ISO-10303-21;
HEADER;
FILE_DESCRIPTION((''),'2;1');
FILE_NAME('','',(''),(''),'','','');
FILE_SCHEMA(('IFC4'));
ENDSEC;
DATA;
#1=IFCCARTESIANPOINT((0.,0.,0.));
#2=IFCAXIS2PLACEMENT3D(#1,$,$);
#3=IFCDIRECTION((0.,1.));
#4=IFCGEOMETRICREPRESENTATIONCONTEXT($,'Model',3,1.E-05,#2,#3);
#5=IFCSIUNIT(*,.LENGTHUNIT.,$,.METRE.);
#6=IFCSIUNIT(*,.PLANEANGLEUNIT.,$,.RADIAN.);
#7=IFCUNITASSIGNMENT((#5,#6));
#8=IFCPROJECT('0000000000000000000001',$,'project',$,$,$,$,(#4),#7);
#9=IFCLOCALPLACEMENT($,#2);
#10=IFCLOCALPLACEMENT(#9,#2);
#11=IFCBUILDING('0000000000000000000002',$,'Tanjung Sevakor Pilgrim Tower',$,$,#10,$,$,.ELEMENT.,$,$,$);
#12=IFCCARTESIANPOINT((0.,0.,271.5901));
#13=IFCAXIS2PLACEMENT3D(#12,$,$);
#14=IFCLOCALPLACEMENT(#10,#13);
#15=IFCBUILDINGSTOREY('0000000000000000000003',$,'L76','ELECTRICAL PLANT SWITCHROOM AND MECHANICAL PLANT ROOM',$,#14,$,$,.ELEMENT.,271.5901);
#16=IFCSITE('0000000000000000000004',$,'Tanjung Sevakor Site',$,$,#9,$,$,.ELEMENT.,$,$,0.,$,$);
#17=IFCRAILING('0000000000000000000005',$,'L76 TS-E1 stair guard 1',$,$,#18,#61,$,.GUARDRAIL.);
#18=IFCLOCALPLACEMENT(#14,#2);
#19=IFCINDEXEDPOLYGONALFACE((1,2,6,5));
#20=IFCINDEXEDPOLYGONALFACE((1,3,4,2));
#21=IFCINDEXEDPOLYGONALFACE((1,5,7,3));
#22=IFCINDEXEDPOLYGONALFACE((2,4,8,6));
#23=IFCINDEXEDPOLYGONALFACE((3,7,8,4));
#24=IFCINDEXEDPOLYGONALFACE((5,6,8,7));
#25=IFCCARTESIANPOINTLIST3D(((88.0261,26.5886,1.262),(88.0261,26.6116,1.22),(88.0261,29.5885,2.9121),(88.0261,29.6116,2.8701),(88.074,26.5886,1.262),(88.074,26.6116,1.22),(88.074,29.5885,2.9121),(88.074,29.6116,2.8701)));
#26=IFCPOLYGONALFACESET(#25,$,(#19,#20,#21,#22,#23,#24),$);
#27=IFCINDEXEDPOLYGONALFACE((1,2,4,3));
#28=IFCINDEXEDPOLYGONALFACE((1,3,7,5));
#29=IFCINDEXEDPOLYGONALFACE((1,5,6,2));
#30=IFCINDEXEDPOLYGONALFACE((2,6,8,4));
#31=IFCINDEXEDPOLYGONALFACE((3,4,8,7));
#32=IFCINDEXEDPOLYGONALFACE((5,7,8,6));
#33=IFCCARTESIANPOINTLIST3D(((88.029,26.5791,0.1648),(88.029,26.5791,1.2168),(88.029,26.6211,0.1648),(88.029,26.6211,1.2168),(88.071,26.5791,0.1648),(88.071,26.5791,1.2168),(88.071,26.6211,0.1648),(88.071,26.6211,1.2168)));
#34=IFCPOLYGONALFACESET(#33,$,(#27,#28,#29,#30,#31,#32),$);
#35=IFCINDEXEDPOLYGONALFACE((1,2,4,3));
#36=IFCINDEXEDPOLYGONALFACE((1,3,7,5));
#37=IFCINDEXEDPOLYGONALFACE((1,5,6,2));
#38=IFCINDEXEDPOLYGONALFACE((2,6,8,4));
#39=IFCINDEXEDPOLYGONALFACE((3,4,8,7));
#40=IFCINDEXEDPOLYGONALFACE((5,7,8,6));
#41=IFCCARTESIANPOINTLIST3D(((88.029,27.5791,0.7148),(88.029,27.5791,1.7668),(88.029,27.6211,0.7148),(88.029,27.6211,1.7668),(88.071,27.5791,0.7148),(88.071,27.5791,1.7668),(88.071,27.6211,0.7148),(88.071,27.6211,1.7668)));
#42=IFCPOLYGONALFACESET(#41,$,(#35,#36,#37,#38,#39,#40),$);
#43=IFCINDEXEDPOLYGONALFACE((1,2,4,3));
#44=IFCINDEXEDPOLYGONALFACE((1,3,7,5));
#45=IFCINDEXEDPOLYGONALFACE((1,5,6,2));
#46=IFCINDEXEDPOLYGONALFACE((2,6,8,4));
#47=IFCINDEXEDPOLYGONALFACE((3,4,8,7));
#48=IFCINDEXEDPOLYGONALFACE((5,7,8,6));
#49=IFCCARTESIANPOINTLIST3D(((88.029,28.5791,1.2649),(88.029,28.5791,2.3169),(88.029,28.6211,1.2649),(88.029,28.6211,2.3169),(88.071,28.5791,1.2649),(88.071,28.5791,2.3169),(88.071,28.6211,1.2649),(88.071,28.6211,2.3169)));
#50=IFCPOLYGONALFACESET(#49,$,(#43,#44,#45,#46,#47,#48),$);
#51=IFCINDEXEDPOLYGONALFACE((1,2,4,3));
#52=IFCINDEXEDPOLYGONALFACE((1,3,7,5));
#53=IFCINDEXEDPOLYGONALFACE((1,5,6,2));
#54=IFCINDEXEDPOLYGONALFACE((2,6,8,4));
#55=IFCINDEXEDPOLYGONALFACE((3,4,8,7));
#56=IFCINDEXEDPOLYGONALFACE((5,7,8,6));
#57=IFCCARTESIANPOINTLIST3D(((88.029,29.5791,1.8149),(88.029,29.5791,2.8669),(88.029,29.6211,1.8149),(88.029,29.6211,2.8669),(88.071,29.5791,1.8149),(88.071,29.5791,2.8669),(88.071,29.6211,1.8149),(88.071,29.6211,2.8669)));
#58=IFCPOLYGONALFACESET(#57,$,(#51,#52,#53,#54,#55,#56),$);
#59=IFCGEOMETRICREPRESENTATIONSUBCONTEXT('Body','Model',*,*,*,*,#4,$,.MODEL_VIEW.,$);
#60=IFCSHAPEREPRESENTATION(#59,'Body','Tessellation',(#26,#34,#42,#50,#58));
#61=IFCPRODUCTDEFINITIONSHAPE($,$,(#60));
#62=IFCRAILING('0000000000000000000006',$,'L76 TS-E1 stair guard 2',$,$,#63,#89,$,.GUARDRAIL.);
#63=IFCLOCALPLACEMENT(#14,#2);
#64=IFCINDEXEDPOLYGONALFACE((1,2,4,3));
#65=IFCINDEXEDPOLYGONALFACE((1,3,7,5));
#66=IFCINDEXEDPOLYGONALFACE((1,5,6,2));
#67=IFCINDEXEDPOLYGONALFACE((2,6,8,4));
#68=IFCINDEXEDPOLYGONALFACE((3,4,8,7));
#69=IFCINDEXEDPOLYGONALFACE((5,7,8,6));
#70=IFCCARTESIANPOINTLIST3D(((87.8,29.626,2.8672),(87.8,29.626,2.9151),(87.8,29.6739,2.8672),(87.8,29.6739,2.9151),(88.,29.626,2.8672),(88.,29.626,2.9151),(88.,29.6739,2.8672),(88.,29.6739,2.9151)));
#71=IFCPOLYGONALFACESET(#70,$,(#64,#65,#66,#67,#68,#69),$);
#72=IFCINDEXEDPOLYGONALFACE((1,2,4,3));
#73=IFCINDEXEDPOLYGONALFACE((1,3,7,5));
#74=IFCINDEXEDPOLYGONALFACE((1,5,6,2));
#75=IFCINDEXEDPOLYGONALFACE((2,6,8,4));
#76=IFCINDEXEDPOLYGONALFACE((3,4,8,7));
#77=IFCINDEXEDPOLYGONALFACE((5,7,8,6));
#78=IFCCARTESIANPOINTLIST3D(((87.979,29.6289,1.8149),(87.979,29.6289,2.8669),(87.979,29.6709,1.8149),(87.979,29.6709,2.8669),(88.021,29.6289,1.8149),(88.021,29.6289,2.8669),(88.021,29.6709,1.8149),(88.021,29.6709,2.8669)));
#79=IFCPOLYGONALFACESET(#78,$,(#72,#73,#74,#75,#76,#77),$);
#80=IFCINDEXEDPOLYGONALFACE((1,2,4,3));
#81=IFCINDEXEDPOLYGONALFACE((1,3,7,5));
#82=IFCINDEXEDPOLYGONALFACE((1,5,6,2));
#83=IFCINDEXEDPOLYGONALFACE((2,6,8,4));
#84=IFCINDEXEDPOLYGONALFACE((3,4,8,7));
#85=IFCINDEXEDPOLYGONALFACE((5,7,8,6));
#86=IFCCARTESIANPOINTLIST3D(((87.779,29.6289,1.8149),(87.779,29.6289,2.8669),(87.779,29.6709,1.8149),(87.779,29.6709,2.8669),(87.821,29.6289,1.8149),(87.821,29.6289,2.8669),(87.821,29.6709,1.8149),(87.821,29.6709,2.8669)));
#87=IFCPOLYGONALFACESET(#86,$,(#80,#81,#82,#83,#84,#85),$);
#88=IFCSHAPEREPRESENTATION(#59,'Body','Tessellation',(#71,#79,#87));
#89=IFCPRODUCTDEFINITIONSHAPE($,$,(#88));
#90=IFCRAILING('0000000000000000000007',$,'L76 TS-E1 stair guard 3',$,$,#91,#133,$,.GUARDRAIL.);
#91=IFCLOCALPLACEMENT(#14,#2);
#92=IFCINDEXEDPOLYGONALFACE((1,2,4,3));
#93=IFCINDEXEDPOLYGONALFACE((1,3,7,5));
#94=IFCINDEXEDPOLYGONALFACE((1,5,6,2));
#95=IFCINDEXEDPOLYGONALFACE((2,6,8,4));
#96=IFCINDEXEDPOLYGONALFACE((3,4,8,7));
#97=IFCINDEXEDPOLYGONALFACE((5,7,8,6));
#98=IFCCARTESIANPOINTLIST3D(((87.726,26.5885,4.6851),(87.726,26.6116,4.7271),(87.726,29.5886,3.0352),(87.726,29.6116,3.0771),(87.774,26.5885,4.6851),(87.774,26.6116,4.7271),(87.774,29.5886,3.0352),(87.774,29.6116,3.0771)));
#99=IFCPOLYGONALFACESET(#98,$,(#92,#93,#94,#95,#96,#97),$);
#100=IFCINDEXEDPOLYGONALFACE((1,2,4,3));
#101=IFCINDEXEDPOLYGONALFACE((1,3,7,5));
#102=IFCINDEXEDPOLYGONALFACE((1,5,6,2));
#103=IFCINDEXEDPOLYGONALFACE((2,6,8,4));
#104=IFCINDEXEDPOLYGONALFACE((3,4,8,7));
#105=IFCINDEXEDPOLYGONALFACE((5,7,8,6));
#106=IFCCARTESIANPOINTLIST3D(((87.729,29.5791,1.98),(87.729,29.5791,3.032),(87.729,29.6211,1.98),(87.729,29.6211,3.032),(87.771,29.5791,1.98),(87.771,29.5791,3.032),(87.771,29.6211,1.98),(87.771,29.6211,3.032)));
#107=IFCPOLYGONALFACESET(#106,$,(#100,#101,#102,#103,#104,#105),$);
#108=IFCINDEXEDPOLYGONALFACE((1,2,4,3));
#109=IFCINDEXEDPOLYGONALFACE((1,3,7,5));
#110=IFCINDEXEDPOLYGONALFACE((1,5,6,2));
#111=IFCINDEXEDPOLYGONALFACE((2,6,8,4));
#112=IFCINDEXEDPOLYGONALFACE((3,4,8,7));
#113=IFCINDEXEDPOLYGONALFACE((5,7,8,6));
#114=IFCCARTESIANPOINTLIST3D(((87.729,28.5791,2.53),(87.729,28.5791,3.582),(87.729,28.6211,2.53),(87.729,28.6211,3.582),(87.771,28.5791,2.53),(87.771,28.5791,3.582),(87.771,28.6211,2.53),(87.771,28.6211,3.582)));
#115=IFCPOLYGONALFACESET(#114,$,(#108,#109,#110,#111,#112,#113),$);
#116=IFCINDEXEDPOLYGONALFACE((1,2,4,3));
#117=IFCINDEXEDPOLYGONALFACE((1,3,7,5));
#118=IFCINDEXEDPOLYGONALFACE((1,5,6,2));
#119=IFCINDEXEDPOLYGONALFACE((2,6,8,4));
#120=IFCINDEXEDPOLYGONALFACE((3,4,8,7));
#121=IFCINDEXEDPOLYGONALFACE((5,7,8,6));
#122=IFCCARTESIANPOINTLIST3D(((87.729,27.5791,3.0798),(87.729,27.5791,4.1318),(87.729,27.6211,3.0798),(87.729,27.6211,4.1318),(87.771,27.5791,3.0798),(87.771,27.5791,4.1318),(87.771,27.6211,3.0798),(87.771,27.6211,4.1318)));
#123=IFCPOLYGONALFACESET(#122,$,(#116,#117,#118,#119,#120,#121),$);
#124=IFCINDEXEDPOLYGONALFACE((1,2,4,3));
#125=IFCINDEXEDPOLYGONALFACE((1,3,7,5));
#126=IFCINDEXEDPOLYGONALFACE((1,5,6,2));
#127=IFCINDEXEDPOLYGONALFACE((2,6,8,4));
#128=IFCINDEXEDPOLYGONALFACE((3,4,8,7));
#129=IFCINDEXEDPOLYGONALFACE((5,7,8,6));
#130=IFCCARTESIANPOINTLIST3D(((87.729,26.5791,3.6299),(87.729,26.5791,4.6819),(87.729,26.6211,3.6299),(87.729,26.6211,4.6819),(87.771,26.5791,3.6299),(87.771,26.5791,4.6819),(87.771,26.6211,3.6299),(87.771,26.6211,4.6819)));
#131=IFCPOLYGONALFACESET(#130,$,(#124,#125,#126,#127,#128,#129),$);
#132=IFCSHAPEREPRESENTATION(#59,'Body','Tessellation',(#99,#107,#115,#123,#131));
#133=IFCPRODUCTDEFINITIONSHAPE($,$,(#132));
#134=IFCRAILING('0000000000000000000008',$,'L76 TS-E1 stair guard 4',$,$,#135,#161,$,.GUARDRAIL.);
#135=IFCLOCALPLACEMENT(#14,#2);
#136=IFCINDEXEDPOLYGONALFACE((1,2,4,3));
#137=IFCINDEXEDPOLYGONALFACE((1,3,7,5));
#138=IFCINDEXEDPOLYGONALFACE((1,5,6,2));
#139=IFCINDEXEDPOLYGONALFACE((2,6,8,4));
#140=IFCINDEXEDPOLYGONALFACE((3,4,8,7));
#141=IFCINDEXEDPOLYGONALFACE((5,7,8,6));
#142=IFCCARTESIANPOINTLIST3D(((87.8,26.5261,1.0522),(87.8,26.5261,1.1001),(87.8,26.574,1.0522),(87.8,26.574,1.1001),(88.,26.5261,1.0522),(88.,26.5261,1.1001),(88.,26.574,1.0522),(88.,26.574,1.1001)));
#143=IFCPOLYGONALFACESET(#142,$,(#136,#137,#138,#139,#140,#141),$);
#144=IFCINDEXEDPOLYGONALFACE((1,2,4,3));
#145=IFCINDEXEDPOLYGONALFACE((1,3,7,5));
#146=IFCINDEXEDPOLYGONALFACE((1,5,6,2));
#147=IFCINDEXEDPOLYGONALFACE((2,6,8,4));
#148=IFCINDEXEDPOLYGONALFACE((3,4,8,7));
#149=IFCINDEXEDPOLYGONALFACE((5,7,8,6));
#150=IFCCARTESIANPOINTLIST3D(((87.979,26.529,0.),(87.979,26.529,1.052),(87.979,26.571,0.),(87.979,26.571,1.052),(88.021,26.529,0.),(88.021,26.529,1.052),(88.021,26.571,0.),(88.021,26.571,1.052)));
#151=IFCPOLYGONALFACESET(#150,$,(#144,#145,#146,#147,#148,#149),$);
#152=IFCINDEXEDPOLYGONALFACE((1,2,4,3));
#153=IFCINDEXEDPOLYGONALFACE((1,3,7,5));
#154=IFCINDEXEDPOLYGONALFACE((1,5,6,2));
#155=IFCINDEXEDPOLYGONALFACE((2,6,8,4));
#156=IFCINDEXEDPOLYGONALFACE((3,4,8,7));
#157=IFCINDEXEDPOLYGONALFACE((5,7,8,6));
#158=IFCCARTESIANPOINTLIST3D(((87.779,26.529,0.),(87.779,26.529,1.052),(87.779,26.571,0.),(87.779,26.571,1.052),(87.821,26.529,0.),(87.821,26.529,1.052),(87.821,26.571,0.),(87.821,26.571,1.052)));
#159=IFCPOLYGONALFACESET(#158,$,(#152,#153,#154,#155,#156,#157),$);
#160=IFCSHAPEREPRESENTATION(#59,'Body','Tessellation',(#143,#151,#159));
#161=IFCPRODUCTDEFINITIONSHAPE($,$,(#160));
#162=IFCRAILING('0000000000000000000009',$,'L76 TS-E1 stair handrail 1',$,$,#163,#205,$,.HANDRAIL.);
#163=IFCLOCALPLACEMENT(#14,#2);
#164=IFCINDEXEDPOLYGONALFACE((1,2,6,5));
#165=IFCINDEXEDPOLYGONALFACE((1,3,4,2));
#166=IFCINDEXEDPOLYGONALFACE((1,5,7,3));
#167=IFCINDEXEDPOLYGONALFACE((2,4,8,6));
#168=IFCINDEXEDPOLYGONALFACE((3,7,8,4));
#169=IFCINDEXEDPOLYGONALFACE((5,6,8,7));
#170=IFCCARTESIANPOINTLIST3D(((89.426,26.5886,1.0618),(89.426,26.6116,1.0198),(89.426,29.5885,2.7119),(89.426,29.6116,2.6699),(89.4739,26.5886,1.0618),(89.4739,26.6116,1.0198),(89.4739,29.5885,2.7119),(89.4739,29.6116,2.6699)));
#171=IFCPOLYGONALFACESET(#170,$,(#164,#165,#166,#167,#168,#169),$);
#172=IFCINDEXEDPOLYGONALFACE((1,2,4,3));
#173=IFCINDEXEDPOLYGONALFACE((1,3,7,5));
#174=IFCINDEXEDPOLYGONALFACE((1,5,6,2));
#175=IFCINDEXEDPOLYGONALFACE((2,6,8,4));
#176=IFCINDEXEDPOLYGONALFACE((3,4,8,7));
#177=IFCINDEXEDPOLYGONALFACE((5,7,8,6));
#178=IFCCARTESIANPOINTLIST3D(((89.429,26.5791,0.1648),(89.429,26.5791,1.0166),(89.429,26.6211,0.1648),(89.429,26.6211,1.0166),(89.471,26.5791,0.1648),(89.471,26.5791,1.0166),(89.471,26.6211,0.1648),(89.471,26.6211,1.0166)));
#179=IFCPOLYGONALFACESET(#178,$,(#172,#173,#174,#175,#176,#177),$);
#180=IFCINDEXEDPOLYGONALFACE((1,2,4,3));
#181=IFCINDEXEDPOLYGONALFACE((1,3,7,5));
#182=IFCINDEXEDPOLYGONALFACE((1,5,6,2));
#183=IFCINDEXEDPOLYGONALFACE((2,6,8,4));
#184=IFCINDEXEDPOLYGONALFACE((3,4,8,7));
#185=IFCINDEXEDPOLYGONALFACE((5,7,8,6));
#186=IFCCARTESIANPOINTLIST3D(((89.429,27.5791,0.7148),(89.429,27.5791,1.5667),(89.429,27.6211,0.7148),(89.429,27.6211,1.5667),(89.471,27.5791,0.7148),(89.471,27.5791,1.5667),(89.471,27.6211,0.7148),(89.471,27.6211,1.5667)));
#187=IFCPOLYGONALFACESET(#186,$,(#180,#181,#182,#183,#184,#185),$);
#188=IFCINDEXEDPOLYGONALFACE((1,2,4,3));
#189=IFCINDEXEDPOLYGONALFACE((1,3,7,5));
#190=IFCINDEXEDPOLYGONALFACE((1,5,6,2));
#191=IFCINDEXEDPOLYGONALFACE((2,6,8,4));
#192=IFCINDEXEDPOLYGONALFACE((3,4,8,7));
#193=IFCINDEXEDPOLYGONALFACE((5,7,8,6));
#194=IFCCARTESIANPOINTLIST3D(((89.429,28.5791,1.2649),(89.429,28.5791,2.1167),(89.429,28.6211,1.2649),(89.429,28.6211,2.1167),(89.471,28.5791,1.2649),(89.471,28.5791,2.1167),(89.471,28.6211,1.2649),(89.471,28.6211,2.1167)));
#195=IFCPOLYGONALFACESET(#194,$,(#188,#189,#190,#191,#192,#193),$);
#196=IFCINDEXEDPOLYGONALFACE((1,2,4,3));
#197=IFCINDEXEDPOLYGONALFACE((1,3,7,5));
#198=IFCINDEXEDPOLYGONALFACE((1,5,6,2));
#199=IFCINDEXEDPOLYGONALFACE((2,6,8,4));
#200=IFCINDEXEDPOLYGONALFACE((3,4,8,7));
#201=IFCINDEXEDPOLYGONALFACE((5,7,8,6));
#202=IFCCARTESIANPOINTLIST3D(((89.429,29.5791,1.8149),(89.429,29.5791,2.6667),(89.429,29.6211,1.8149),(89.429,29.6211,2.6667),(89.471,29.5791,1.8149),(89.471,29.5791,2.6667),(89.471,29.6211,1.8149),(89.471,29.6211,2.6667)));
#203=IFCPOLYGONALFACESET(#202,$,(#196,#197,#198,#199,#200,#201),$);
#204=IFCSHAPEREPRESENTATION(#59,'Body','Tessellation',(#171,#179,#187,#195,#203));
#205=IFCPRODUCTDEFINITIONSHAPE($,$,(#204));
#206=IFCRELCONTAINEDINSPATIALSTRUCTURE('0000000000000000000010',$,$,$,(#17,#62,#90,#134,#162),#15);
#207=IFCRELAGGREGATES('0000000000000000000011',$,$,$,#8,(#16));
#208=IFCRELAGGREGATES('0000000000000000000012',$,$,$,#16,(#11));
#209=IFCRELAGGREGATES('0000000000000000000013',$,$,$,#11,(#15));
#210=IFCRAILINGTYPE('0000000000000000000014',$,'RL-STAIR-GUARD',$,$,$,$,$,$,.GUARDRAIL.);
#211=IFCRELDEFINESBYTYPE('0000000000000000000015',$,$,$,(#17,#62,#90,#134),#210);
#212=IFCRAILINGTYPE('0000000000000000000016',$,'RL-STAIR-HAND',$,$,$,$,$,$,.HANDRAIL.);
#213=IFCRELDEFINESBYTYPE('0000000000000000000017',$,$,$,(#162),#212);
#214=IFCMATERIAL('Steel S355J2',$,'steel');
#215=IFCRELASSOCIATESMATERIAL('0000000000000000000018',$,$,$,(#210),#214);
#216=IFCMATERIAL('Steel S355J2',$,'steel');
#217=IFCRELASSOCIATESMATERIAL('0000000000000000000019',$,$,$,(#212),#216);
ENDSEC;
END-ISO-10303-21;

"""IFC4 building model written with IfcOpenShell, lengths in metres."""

from ifc_helpers import new_model, si_unit, direction, frame, origin, place, context, subcontext, project, spatial, rectangle, extrude, material, type_object, element, save


model = new_model("IFC4")

# Units and contexts
model_context = context("Model", 3, precision=1e-05, world=origin(), true_north=direction((0.0, 1.0)))
body_context = subcontext(model_context, "Body", "Model", "MODEL_VIEW")
ifc_project = project(units=[si_unit("LENGTHUNIT", "METRE"), si_unit("PLANEANGLEUNIT", "RADIAN")], contexts=[model_context])

# Site, building, storey
site_placement = place(None, origin())
site = spatial("IfcSite", under=ifc_project, at=site_placement, Name="Tanjung Sevakor Site", CompositionType="ELEMENT", RefElevation=0.0)
building_placement = place(site_placement, origin())
building = spatial("IfcBuilding", under=site, at=building_placement, Name="Tanjung Sevakor Pilgrim Tower", CompositionType="ELEMENT")
storey_placement = place(building_placement, frame((0.0, 0.0, 271.5901)))
storey = spatial("IfcBuildingStorey", under=building, at=storey_placement, Name="L76", Description="ELECTRICAL PLANT SWITCHROOM AND MECHANICAL PLANT ROOM", CompositionType="ELEMENT", Elevation=271.5901)

# Railings
ifc_material_1 = material(Name="Steel S355J2", Category="steel")
railing_type_1 = type_object("IfcRailingType", Name="RL-STAIR-GUARD", PredefinedType="GUARDRAIL", material=ifc_material_1)
railing_1_placement = place(storey_placement, frame((88.05, 26.6001, 0.1648)))
element("IfcRailing", 1, at=railing_1_placement, inside=storey, type_object=railing_type_1, Name="L76 TS-E1 stair guard 1", PredefinedType="GUARDRAIL", context=body_context, shape_type="SweptSolid", body=[
    extrude(rectangle(XDim=0.0479, YDim=0.0479), frame((0.0, 0.0, 1.0762), z_axis=(0.0, 0.876198, 0.481952), x_axis=(-1.0, 0.0, 0.0)), (0.0, 0.0, 1.0), 3.4238),
    extrude(rectangle(XDim=0.042, YDim=0.042), origin(), (0.0, 0.0, 1.0), 1.052),
    extrude(rectangle(XDim=0.042, YDim=0.042), frame((0.0, 1.0, 0.55)), (0.0, 0.0, 1.0), 1.052),
    extrude(rectangle(XDim=0.042, YDim=0.042), frame((0.0, 2.0, 1.1001)), (0.0, 0.0, 1.0), 1.052),
    extrude(rectangle(XDim=0.042, YDim=0.042), frame((0.0, 3.0, 1.6501)), (0.0, 0.0, 1.0), 1.052),
])
railing_2_placement = place(storey_placement, frame((88.0, 29.6499, 1.8149)))
element("IfcRailing", 2, at=railing_2_placement, inside=storey, type_object=railing_type_1, Name="L76 TS-E1 stair guard 2", PredefinedType="GUARDRAIL", context=body_context, shape_type="SweptSolid", body=[
    extrude(rectangle(XDim=0.0479, YDim=0.0479), frame((0.0, 0.0, 1.0762), z_axis=(-1.0, 0.0, 0.0), x_axis=(0.0, -1.0, 0.0)), (0.0, 0.0, 1.0), 0.2),
    extrude(rectangle(XDim=0.042, YDim=0.042), origin(), (0.0, 0.0, 1.0), 1.052),
    extrude(rectangle(XDim=0.042, YDim=0.042), frame((-0.2, 0.0, 0.0)), (0.0, 0.0, 1.0), 1.052),
])
railing_3_placement = place(storey_placement, frame((87.75, 29.6001, 1.98)))
element("IfcRailing", 3, at=railing_3_placement, inside=storey, type_object=railing_type_1, Name="L76 TS-E1 stair guard 3", PredefinedType="GUARDRAIL", context=body_context, shape_type="SweptSolid", body=[
    extrude(rectangle(XDim=0.0479, YDim=0.0479), frame((0.0, 0.0, 1.0762), z_axis=(0.0, -0.876228, 0.481897), x_axis=(1.0, 0.0, 0.0)), (0.0, 0.0, 1.0), 3.4238),
    extrude(rectangle(XDim=0.042, YDim=0.042), origin(), (0.0, 0.0, 1.0), 1.052),
    extrude(rectangle(XDim=0.042, YDim=0.042), frame((0.0, -1.0, 0.55)), (0.0, 0.0, 1.0), 1.052),
    extrude(rectangle(XDim=0.042, YDim=0.042), frame((0.0, -2.0, 1.0999)), (0.0, 0.0, 1.0), 1.052),
    extrude(rectangle(XDim=0.042, YDim=0.042), frame((0.0, -3.0, 1.6499)), (0.0, 0.0, 1.0), 1.052),
])
railing_4_placement = place(storey_placement, frame((88.0, 26.55, 0.0)))
element("IfcRailing", 4, at=railing_4_placement, inside=storey, type_object=railing_type_1, Name="L76 TS-E1 stair guard 4", PredefinedType="GUARDRAIL", context=body_context, shape_type="SweptSolid", body=[
    extrude(rectangle(XDim=0.0479, YDim=0.0479), frame((0.0, 0.0, 1.0762), z_axis=(-1.0, 0.0, 0.0), x_axis=(0.0, -1.0, 0.0)), (0.0, 0.0, 1.0), 0.2),
    extrude(rectangle(XDim=0.042, YDim=0.042), origin(), (0.0, 0.0, 1.0), 1.052),
    extrude(rectangle(XDim=0.042, YDim=0.042), frame((-0.2, 0.0, 0.0)), (0.0, 0.0, 1.0), 1.052),
])
ifc_material_2 = material(Name="Steel S355J2", Category="steel")
railing_type_2 = type_object("IfcRailingType", Name="RL-STAIR-HAND", PredefinedType="HANDRAIL", material=ifc_material_2)
railing_5_placement = place(storey_placement, frame((89.45, 26.6001, 0.1648)))
element("IfcRailing", 5, at=railing_5_placement, inside=storey, type_object=railing_type_2, Name="L76 TS-E1 stair handrail 1", PredefinedType="HANDRAIL", context=body_context, shape_type="SweptSolid", body=[
    extrude(rectangle(XDim=0.0479, YDim=0.0479), frame((0.0, 0.0, 0.876), z_axis=(0.0, 0.876198, 0.481952), x_axis=(-1.0, 0.0, 0.0)), (0.0, 0.0, 1.0), 3.4238),
    extrude(rectangle(XDim=0.042, YDim=0.042), origin(), (0.0, 0.0, 1.0), 0.8518),
    extrude(rectangle(XDim=0.042, YDim=0.042), frame((0.0, 1.0, 0.55)), (0.0, 0.0, 1.0), 0.8518),
    extrude(rectangle(XDim=0.042, YDim=0.042), frame((0.0, 2.0, 1.1001)), (0.0, 0.0, 1.0), 0.8518),
    extrude(rectangle(XDim=0.042, YDim=0.042), frame((0.0, 3.0, 1.6501)), (0.0, 0.0, 1.0), 0.8518),
])

save(model, "model.ifc")
